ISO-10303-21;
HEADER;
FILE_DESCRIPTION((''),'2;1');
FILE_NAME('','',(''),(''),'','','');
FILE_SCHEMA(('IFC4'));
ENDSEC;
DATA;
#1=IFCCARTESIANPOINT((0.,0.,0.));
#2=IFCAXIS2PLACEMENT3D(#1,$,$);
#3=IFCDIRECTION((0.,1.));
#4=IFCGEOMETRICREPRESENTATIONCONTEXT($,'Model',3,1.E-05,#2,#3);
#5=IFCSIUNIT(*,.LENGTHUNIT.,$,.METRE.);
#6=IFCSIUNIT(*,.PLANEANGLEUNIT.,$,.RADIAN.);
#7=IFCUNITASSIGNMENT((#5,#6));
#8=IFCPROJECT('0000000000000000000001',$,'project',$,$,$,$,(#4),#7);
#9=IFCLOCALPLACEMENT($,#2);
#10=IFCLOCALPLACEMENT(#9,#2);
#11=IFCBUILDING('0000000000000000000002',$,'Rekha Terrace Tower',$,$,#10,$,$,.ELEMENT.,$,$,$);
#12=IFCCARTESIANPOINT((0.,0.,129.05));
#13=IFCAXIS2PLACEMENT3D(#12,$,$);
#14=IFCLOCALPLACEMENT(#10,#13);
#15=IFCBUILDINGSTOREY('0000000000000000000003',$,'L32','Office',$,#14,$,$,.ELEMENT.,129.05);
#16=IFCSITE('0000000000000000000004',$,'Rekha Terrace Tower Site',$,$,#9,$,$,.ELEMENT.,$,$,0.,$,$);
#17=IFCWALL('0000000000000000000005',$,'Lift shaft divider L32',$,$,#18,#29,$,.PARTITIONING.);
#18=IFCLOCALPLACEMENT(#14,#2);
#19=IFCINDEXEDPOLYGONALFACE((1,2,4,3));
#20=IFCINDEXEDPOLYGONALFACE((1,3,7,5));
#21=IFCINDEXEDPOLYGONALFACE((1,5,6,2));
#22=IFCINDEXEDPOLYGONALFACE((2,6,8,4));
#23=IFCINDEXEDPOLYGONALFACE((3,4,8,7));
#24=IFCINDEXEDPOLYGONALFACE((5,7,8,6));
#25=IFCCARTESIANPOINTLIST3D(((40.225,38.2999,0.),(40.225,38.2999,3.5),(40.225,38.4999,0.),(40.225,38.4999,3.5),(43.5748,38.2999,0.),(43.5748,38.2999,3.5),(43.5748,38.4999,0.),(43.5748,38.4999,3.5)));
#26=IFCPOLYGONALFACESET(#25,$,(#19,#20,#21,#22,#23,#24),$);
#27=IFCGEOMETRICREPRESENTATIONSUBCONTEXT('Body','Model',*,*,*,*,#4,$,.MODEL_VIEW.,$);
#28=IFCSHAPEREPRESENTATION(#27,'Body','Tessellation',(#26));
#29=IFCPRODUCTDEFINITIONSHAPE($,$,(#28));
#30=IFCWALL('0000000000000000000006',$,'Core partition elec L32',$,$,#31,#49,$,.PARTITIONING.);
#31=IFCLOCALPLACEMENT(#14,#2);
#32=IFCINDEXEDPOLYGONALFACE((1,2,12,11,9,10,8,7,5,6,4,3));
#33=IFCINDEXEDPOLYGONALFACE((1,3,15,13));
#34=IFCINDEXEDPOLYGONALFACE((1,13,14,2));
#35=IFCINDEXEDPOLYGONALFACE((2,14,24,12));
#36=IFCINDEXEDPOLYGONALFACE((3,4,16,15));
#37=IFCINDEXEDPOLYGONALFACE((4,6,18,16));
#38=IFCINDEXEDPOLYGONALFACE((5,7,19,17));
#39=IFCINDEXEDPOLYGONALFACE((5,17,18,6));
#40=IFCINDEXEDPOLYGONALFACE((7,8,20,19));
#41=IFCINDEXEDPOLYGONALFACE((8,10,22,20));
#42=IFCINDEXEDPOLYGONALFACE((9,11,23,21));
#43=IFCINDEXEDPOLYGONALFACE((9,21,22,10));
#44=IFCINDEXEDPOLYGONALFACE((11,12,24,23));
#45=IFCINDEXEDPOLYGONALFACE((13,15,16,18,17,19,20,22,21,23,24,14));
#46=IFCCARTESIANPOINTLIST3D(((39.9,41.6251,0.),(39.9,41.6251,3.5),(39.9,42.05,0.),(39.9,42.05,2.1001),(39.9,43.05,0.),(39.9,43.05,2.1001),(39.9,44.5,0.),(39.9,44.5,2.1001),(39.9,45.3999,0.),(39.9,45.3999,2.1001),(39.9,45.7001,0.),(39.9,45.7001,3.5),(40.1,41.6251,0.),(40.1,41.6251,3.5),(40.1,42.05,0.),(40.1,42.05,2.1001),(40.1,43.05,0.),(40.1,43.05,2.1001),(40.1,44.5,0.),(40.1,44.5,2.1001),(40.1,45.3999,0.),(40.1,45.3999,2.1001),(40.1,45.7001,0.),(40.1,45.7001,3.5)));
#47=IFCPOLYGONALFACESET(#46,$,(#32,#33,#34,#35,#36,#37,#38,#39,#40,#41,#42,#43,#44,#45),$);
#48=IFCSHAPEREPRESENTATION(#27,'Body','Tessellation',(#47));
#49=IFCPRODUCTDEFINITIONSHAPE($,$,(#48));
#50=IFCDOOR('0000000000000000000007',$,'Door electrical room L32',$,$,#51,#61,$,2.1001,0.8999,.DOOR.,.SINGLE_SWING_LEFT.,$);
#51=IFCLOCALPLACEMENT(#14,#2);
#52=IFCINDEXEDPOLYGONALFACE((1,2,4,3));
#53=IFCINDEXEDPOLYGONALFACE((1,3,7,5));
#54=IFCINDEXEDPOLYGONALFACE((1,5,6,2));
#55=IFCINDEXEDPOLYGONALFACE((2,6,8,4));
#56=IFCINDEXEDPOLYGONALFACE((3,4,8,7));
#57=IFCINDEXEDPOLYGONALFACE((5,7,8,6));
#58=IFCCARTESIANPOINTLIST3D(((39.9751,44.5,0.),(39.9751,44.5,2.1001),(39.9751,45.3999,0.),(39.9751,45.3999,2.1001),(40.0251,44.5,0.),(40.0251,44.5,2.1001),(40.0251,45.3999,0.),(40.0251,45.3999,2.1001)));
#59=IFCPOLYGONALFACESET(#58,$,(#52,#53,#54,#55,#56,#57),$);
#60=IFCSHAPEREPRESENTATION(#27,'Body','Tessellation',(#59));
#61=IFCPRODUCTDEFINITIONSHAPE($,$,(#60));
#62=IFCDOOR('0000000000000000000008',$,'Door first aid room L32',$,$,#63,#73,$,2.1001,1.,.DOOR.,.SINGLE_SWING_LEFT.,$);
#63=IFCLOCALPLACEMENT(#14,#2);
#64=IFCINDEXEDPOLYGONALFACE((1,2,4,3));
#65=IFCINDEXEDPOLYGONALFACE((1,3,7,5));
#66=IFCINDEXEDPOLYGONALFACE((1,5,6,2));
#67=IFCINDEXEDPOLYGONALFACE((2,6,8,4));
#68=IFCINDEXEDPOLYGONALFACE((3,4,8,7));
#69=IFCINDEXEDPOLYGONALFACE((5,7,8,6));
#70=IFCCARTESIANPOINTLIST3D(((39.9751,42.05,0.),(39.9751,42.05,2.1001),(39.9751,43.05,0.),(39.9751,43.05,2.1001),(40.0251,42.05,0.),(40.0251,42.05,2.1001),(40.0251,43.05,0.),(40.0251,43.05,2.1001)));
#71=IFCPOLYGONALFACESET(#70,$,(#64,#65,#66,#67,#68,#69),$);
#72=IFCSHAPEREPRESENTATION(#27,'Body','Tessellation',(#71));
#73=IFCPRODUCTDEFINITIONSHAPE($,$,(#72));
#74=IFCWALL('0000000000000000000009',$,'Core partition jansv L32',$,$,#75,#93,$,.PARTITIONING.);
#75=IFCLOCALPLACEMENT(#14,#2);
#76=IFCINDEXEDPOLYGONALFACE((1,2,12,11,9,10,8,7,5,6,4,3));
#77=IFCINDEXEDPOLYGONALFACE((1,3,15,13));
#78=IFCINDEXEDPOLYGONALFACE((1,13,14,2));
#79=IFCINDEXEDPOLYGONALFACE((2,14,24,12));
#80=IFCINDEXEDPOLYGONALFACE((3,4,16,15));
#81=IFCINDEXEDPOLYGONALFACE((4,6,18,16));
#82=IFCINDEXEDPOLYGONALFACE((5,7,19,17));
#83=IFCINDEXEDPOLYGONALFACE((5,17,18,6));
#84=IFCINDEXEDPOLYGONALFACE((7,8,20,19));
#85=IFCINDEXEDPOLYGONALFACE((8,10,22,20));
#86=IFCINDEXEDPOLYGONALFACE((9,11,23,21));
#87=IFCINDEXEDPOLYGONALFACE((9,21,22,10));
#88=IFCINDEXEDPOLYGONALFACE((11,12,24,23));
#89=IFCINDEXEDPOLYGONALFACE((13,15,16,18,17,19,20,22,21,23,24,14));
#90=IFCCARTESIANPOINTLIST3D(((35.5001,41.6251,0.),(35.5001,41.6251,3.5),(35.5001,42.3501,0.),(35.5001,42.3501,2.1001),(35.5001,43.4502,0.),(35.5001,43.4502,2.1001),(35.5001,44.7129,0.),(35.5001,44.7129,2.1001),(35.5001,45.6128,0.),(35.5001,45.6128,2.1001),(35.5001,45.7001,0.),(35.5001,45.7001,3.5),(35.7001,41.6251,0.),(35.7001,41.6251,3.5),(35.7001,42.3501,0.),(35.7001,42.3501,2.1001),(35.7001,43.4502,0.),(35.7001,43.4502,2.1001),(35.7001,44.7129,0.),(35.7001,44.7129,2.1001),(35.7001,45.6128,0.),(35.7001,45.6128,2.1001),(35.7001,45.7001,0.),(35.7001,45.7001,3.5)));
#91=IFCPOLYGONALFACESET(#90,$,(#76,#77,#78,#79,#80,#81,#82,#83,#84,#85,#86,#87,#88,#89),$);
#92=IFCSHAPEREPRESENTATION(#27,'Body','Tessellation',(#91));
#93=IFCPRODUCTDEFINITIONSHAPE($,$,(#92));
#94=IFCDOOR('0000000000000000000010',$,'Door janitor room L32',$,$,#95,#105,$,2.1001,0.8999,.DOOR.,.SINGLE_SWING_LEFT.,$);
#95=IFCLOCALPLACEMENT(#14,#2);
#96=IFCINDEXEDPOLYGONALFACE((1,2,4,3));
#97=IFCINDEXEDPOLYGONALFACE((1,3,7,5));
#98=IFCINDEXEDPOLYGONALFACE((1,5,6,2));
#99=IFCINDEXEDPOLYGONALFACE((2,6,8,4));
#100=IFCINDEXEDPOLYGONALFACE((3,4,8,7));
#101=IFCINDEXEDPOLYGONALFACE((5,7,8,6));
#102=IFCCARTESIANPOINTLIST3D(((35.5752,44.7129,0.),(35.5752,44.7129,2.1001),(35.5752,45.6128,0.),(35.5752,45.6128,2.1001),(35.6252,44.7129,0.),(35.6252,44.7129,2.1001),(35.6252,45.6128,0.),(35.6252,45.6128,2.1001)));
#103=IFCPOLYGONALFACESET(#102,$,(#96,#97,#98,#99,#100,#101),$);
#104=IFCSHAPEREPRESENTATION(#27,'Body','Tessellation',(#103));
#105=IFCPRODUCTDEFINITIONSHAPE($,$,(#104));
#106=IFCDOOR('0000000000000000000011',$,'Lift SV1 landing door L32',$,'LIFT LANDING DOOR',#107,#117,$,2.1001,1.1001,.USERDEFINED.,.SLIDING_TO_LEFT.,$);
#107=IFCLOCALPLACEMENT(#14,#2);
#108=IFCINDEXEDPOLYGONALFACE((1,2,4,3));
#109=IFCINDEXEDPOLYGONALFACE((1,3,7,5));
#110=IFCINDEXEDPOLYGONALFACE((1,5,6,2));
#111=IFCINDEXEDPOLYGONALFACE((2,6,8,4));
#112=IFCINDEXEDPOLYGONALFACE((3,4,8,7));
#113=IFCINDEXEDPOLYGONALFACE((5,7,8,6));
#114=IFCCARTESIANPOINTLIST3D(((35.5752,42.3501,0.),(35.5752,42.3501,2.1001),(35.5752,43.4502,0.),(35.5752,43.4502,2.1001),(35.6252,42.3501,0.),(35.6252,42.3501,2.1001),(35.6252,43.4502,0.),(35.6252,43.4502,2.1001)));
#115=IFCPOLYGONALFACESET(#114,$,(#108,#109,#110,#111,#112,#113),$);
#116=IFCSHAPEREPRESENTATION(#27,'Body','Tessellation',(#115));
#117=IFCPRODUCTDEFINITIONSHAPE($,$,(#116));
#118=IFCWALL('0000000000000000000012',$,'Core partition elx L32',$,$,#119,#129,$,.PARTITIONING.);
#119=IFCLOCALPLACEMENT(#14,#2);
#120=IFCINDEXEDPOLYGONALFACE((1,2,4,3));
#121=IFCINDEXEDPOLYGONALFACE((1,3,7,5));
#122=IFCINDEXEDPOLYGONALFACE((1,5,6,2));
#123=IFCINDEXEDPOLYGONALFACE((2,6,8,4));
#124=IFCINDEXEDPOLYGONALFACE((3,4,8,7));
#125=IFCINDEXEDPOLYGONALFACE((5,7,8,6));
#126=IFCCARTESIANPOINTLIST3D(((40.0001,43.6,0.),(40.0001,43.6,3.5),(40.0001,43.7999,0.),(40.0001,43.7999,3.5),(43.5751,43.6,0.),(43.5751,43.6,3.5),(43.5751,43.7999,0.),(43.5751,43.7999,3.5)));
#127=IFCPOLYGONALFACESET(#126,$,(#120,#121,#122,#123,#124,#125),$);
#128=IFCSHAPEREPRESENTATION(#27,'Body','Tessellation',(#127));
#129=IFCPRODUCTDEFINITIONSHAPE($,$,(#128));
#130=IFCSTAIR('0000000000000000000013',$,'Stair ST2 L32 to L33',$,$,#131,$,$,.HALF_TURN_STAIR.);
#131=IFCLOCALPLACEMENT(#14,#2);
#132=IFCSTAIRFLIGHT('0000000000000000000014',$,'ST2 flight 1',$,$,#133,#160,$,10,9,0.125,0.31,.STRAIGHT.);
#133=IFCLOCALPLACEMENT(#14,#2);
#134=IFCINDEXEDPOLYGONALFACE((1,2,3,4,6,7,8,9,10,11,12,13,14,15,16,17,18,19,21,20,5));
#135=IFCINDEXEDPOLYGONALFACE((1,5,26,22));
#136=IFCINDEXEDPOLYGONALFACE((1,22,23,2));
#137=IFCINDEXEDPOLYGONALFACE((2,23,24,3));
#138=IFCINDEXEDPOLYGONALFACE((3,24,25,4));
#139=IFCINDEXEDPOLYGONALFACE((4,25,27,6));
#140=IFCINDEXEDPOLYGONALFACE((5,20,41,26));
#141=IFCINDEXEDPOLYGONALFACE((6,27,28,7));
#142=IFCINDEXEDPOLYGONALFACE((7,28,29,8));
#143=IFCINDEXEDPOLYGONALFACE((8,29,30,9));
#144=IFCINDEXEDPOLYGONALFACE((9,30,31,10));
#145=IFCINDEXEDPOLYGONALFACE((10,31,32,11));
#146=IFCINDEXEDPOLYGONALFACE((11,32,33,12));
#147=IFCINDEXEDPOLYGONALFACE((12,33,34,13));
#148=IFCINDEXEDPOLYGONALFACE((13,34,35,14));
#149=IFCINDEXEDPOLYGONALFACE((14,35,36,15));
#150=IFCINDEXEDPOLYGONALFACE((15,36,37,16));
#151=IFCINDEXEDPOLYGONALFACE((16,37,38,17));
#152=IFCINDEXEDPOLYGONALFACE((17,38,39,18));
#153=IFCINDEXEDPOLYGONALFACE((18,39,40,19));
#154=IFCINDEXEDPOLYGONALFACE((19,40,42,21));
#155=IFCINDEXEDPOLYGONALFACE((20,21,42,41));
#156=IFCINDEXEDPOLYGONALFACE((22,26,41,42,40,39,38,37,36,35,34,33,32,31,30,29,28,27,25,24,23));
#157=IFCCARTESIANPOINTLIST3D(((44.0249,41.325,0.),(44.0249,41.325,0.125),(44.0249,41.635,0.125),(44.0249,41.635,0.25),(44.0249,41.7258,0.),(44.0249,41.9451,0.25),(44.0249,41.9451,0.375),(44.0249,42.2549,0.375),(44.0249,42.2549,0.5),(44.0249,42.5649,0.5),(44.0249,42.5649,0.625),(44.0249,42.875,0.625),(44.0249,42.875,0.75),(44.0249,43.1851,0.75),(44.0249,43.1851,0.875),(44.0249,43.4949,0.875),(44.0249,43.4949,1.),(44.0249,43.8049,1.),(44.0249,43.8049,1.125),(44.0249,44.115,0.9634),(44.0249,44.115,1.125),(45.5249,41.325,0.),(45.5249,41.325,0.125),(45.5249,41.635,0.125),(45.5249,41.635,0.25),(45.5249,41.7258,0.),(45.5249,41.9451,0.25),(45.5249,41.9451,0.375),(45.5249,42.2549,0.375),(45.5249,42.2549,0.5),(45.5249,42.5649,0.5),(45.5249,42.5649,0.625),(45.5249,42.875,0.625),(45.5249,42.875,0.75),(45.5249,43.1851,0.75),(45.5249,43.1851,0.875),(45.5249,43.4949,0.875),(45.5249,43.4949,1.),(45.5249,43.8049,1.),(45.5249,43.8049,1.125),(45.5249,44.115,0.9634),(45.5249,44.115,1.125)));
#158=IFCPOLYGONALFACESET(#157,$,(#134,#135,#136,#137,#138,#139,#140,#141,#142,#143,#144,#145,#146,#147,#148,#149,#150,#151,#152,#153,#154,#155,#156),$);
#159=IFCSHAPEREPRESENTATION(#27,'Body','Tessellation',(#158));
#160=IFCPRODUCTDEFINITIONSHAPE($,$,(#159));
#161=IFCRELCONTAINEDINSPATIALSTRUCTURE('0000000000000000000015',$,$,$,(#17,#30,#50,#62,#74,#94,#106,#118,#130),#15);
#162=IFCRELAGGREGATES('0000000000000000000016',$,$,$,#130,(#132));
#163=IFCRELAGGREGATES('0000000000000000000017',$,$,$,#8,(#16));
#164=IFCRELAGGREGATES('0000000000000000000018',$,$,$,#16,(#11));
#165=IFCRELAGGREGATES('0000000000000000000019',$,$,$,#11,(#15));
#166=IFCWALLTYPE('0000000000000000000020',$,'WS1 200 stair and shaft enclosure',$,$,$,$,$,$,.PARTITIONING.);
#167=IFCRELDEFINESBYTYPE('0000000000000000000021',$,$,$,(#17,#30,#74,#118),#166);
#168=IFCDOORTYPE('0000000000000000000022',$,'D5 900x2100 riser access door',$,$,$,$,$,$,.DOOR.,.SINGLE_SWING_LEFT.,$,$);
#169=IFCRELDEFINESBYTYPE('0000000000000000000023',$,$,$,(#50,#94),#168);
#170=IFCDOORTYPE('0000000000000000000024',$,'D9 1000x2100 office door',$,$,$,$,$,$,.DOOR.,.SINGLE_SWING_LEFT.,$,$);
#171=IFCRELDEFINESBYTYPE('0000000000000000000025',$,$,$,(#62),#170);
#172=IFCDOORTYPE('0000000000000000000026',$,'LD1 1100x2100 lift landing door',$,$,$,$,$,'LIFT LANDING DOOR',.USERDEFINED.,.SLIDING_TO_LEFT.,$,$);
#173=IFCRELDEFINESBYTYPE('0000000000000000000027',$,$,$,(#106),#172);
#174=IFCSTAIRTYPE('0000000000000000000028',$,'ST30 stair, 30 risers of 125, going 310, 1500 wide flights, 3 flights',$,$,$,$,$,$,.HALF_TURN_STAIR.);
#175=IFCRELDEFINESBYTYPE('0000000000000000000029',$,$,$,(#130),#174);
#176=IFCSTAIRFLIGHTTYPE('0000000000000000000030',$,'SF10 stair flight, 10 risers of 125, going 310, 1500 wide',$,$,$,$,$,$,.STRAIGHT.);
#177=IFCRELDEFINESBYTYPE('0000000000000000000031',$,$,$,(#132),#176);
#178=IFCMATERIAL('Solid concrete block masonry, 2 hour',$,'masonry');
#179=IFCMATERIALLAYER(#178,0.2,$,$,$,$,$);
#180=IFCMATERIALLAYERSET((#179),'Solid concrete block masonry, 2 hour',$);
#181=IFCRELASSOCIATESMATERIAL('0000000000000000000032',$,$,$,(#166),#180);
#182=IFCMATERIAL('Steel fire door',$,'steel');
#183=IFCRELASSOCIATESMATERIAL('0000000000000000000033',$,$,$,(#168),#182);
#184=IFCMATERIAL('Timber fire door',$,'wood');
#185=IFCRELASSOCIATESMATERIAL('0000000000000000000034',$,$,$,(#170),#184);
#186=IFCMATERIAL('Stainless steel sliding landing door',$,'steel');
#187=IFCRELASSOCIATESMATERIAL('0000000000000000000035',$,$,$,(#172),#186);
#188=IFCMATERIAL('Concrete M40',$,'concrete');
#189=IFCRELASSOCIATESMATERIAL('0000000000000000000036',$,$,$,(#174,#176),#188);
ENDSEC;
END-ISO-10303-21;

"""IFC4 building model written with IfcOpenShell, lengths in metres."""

from ifc_helpers import new_model, si_unit, direction, frame, frame_2d, origin, place, context, subcontext, project, spatial, polyline, rectangle, outline, extrude, material, layer, layer_set, type_object, element, fill, aggregate, save


model = new_model("IFC4")

# Units and contexts
model_context = context("Model", 3, precision=1e-05, world=origin(), true_north=direction((0.0, 1.0)))
body_context = subcontext(model_context, "Body", "Model", "MODEL_VIEW")
ifc_project = project(units=[si_unit("LENGTHUNIT", "METRE"), si_unit("PLANEANGLEUNIT", "RADIAN")], contexts=[model_context])

# Site, building, storey
site_placement = place(None, origin())
site = spatial("IfcSite", under=ifc_project, at=site_placement, Name="Rekha Terrace Tower Site", CompositionType="ELEMENT", RefElevation=0.0)
building_placement = place(site_placement, origin())
building = spatial("IfcBuilding", under=site, at=building_placement, Name="Rekha Terrace Tower", CompositionType="ELEMENT")
storey_placement = place(building_placement, frame((0.0, 0.0, 129.05)))
storey = spatial("IfcBuildingStorey", under=building, at=storey_placement, Name="L32", Description="Office", CompositionType="ELEMENT", Elevation=129.05)

# Shared definitions
ifc_material_1 = material(Name="Stainless steel sliding landing door", Category="steel")
ifc_material_2 = material(Name="Steel fire door", Category="steel")

# Wall
ifc_material_3 = material(Name="Solid concrete block masonry, 2 hour", Category="masonry")
ifc_layer_1 = layer(ifc_material_3, 0.2)
ifc_layer_set_1 = layer_set([ifc_layer_1], Name="Solid concrete block masonry, 2 hour")
wall_type_1 = type_object("IfcWallType", Name="WS1 200 stair and shaft enclosure", PredefinedType="PARTITIONING", material=ifc_layer_set_1)
for number, where, z_axis, x_axis, name in (
    (1, (40.2251, 38.3999, 0.0), (0.0, 0.0, 1.0), (1.0, 0.0, 0.0), "Lift shaft divider L32"),
):
    element("IfcWall", number, at=place(storey_placement, frame(where, z_axis=z_axis, x_axis=x_axis)), inside=storey, type_object=wall_type_1, Name=name, PredefinedType="PARTITIONING", context=body_context, shape_type="SweptSolid", body=[
        extrude(rectangle(XDim=3.3499, YDim=0.2, at=frame_2d((1.6748, 0.0))), origin(), (0.0, 0.0, 1.0), 3.5),
    ])

# Walls, openings, doors
wall_1_placement = place(storey_placement, frame((40.0, 41.625, 0.0), z_axis=(0.0, 0.0, 1.0), x_axis=(0.0, 1.0, 0.0)))
wall_1 = element("IfcWall", 2, at=wall_1_placement, inside=storey, type_object=wall_type_1, Name="Core partition elec L32", PredefinedType="PARTITIONING", context=body_context, shape_type="SweptSolid", body=[
    extrude(rectangle(XDim=4.075, YDim=0.2, at=frame_2d((2.0376, 0.0))), origin(), (0.0, 0.0, 1.0), 3.5),
])
opening_1_placement = place(wall_1_placement, frame((2.875, 0.0, 0.0)))
opening_1 = element("IfcOpeningElement", 3, at=opening_1_placement, cuts=wall_1, PredefinedType="OPENING", context=body_context, shape_type="SweptSolid", body=[
    extrude(rectangle(XDim=0.8999, YDim=2.1001, at=frame_2d((0.45, 1.05))), frame((0.0, 0.1099, 0.0), z_axis=(0.0, -1.0, 0.0), x_axis=(1.0, 0.0, 0.0)), (0.0, 0.0, 1.0), 0.22),
])
opening_2_placement = place(wall_1_placement, frame((0.425, 0.0, 0.0)))
opening_2 = element("IfcOpeningElement", 4, at=opening_2_placement, cuts=wall_1, PredefinedType="OPENING", context=body_context, shape_type="SweptSolid", body=[
    extrude(rectangle(XDim=1.0, YDim=2.1001, at=frame_2d((0.5, 1.05))), frame((0.0, 0.1099, 0.0), z_axis=(0.0, -1.0, 0.0), x_axis=(1.0, 0.0, 0.0)), (0.0, 0.0, 1.0), 0.22),
])
door_type_1 = type_object("IfcDoorType", Name="D5 900x2100 riser access door", OperationType="SINGLE_SWING_LEFT", PredefinedType="DOOR", material=ifc_material_2)
door_1_placement = place(opening_1_placement, origin())
door_1 = element("IfcDoor", 5, at=door_1_placement, inside=storey, type_object=door_type_1, Name="Door electrical room L32", OperationType="SINGLE_SWING_LEFT", OverallHeight=2.1001, OverallWidth=0.8999, PredefinedType="DOOR", context=body_context, shape_type="SweptSolid", body=[
    extrude(rectangle(XDim=0.8999, YDim=2.1001, at=frame_2d((0.45, 1.05))), frame((0.0, 0.0249, 0.0), z_axis=(0.0, -1.0, 0.0), x_axis=(1.0, 0.0, 0.0)), (0.0, 0.0, 1.0), 0.05),
])
fill(opening_1, door_1)
ifc_material_4 = material(Name="Timber fire door", Category="wood")
door_type_2 = type_object("IfcDoorType", Name="D9 1000x2100 office door", OperationType="SINGLE_SWING_LEFT", PredefinedType="DOOR", material=ifc_material_4)
door_2_placement = place(opening_2_placement, origin())
door_2 = element("IfcDoor", 6, at=door_2_placement, inside=storey, type_object=door_type_2, Name="Door first aid room L32", OperationType="SINGLE_SWING_LEFT", OverallHeight=2.1001, OverallWidth=1.0, PredefinedType="DOOR", context=body_context, shape_type="SweptSolid", body=[
    extrude(rectangle(XDim=1.0, YDim=2.1001, at=frame_2d((0.5, 1.05))), frame((0.0, 0.0249, 0.0), z_axis=(0.0, -1.0, 0.0), x_axis=(1.0, 0.0, 0.0)), (0.0, 0.0, 1.0), 0.05),
])
fill(opening_2, door_2)
wall_2_placement = place(storey_placement, frame((35.6001, 41.625, 0.0), z_axis=(0.0, 0.0, 1.0), x_axis=(0.0, 1.0, 0.0)))
wall_2 = element("IfcWall", 7, at=wall_2_placement, inside=storey, type_object=wall_type_1, Name="Core partition jansv L32", PredefinedType="PARTITIONING", context=body_context, shape_type="SweptSolid", body=[
    extrude(rectangle(XDim=4.075, YDim=0.2, at=frame_2d((2.0376, 0.0))), origin(), (0.0, 0.0, 1.0), 3.5),
])
opening_3_placement = place(wall_2_placement, frame((3.0879, 0.0, 0.0)))
opening_3 = element("IfcOpeningElement", 8, at=opening_3_placement, cuts=wall_2, PredefinedType="OPENING", context=body_context, shape_type="SweptSolid", body=[
    extrude(rectangle(XDim=0.8999, YDim=2.1001, at=frame_2d((0.45, 1.05))), frame((0.0, 0.1099, 0.0), z_axis=(0.0, -1.0, 0.0), x_axis=(1.0, 0.0, 0.0)), (0.0, 0.0, 1.0), 0.22),
])
opening_4_placement = place(wall_2_placement, frame((0.7251, 0.0, 0.0)))
opening_4 = element("IfcOpeningElement", 9, at=opening_4_placement, cuts=wall_2, PredefinedType="OPENING", context=body_context, shape_type="SweptSolid", body=[
    extrude(rectangle(XDim=1.1001, YDim=2.1001, at=frame_2d((0.55, 1.05))), frame((0.0, 0.1099, 0.0), z_axis=(0.0, -1.0, 0.0), x_axis=(1.0, 0.0, 0.0)), (0.0, 0.0, 1.0), 0.22),
])
door_3_placement = place(opening_3_placement, origin())
door_3 = element("IfcDoor", 10, at=door_3_placement, inside=storey, type_object=door_type_1, Name="Door janitor room L32", OperationType="SINGLE_SWING_LEFT", OverallHeight=2.1001, OverallWidth=0.8999, PredefinedType="DOOR", context=body_context, shape_type="SweptSolid", body=[
    extrude(rectangle(XDim=0.8999, YDim=2.1001, at=frame_2d((0.45, 1.05))), frame((0.0, 0.0249, 0.0), z_axis=(0.0, -1.0, 0.0), x_axis=(1.0, 0.0, 0.0)), (0.0, 0.0, 1.0), 0.05),
])
fill(opening_3, door_3)
door_type_3 = type_object("IfcDoorType", Name="LD1 1100x2100 lift landing door", ElementType="LIFT LANDING DOOR", OperationType="SLIDING_TO_LEFT", PredefinedType="USERDEFINED", material=ifc_material_1)
door_4_placement = place(opening_4_placement, origin())
door_4 = element("IfcDoor", 11, at=door_4_placement, inside=storey, type_object=door_type_3, Name="Lift SV1 landing door L32", ObjectType="LIFT LANDING DOOR", OperationType="SLIDING_TO_LEFT", OverallHeight=2.1001, OverallWidth=1.1001, PredefinedType="USERDEFINED", context=body_context, shape_type="SweptSolid", body=[
    extrude(rectangle(XDim=1.1001, YDim=2.1001, at=frame_2d((0.55, 1.05))), frame((0.0, 0.0249, 0.0), z_axis=(0.0, -1.0, 0.0), x_axis=(1.0, 0.0, 0.0)), (0.0, 0.0, 1.0), 0.05),
])
fill(opening_4, door_4)

# Wall
wall_3_placement = place(storey_placement, frame((40.0, 43.7, 0.0), z_axis=(0.0, 0.0, 1.0), x_axis=(1.0, 0.0, 0.0)))
element("IfcWall", 12, at=wall_3_placement, inside=storey, type_object=wall_type_1, Name="Core partition elx L32", PredefinedType="PARTITIONING", context=body_context, shape_type="SweptSolid", body=[
    extrude(rectangle(XDim=3.575, YDim=0.2, at=frame_2d((1.7876, 0.0))), origin(), (0.0, 0.0, 1.0), 3.5),
])

# Stair, stair flight
ifc_material_5 = material(Name="Concrete M40", Category="concrete")
stair_type = type_object("IfcStairType", Name="ST30 stair, 30 risers of 125, going 310, 1500 wide flights, 3 flights", PredefinedType="HALF_TURN_STAIR", material=ifc_material_5)
stair_1_placement = place(storey_placement, origin())
stair_1 = element("IfcStair", 13, at=stair_1_placement, inside=storey, type_object=stair_type, Name="Stair ST2 L32 to L33", PredefinedType="HALF_TURN_STAIR")
stair_flight_type = type_object("IfcStairFlightType", Name="SF10 stair flight, 10 risers of 125, going 310, 1500 wide", PredefinedType="STRAIGHT", material=ifc_material_5)
stair_flight_1_placement = place(storey_placement, frame((44.7749, 41.325, 0.0), z_axis=(0.0, 0.0, 1.0), x_axis=(0.0, 1.0, 0.0)))
stair_flight_1 = element("IfcStairFlight", 14, at=stair_flight_1_placement, type_object=stair_flight_type, Name="ST2 flight 1", NumberOfRisers=10, NumberOfTreads=9, PredefinedType="STRAIGHT", RiserHeight=0.125, TreadLength=0.31, context=body_context, shape_type="SweptSolid", body=[
    extrude(outline(polyline([(0.0, 0.0), (0.0, 0.125), (0.3101, 0.125), (0.3101, 0.25), (0.6201, 0.25), (0.6201, 0.375), (0.9299, 0.375), (0.9299, 0.5), (1.24, 0.5), (1.24, 0.625), (1.55, 0.625), (1.55, 0.75), (1.8601, 0.75), (1.8601, 0.875), (2.1699, 0.875), (2.1699, 1.0), (2.48, 1.0), (2.48, 1.125), (2.79, 1.125), (2.79, 1.25), (2.79, 0.9634), (0.4009, 0.0), (0.0, 0.0)])), frame((0.0, 0.75, 0.0), z_axis=(0.0, -1.0, 0.0), x_axis=(1.0, 0.0, 0.0)), (0.0, 0.0, 1.0), 1.5),
])
aggregate(stair_1, [stair_flight_1])

save(model, "model.ifc")
